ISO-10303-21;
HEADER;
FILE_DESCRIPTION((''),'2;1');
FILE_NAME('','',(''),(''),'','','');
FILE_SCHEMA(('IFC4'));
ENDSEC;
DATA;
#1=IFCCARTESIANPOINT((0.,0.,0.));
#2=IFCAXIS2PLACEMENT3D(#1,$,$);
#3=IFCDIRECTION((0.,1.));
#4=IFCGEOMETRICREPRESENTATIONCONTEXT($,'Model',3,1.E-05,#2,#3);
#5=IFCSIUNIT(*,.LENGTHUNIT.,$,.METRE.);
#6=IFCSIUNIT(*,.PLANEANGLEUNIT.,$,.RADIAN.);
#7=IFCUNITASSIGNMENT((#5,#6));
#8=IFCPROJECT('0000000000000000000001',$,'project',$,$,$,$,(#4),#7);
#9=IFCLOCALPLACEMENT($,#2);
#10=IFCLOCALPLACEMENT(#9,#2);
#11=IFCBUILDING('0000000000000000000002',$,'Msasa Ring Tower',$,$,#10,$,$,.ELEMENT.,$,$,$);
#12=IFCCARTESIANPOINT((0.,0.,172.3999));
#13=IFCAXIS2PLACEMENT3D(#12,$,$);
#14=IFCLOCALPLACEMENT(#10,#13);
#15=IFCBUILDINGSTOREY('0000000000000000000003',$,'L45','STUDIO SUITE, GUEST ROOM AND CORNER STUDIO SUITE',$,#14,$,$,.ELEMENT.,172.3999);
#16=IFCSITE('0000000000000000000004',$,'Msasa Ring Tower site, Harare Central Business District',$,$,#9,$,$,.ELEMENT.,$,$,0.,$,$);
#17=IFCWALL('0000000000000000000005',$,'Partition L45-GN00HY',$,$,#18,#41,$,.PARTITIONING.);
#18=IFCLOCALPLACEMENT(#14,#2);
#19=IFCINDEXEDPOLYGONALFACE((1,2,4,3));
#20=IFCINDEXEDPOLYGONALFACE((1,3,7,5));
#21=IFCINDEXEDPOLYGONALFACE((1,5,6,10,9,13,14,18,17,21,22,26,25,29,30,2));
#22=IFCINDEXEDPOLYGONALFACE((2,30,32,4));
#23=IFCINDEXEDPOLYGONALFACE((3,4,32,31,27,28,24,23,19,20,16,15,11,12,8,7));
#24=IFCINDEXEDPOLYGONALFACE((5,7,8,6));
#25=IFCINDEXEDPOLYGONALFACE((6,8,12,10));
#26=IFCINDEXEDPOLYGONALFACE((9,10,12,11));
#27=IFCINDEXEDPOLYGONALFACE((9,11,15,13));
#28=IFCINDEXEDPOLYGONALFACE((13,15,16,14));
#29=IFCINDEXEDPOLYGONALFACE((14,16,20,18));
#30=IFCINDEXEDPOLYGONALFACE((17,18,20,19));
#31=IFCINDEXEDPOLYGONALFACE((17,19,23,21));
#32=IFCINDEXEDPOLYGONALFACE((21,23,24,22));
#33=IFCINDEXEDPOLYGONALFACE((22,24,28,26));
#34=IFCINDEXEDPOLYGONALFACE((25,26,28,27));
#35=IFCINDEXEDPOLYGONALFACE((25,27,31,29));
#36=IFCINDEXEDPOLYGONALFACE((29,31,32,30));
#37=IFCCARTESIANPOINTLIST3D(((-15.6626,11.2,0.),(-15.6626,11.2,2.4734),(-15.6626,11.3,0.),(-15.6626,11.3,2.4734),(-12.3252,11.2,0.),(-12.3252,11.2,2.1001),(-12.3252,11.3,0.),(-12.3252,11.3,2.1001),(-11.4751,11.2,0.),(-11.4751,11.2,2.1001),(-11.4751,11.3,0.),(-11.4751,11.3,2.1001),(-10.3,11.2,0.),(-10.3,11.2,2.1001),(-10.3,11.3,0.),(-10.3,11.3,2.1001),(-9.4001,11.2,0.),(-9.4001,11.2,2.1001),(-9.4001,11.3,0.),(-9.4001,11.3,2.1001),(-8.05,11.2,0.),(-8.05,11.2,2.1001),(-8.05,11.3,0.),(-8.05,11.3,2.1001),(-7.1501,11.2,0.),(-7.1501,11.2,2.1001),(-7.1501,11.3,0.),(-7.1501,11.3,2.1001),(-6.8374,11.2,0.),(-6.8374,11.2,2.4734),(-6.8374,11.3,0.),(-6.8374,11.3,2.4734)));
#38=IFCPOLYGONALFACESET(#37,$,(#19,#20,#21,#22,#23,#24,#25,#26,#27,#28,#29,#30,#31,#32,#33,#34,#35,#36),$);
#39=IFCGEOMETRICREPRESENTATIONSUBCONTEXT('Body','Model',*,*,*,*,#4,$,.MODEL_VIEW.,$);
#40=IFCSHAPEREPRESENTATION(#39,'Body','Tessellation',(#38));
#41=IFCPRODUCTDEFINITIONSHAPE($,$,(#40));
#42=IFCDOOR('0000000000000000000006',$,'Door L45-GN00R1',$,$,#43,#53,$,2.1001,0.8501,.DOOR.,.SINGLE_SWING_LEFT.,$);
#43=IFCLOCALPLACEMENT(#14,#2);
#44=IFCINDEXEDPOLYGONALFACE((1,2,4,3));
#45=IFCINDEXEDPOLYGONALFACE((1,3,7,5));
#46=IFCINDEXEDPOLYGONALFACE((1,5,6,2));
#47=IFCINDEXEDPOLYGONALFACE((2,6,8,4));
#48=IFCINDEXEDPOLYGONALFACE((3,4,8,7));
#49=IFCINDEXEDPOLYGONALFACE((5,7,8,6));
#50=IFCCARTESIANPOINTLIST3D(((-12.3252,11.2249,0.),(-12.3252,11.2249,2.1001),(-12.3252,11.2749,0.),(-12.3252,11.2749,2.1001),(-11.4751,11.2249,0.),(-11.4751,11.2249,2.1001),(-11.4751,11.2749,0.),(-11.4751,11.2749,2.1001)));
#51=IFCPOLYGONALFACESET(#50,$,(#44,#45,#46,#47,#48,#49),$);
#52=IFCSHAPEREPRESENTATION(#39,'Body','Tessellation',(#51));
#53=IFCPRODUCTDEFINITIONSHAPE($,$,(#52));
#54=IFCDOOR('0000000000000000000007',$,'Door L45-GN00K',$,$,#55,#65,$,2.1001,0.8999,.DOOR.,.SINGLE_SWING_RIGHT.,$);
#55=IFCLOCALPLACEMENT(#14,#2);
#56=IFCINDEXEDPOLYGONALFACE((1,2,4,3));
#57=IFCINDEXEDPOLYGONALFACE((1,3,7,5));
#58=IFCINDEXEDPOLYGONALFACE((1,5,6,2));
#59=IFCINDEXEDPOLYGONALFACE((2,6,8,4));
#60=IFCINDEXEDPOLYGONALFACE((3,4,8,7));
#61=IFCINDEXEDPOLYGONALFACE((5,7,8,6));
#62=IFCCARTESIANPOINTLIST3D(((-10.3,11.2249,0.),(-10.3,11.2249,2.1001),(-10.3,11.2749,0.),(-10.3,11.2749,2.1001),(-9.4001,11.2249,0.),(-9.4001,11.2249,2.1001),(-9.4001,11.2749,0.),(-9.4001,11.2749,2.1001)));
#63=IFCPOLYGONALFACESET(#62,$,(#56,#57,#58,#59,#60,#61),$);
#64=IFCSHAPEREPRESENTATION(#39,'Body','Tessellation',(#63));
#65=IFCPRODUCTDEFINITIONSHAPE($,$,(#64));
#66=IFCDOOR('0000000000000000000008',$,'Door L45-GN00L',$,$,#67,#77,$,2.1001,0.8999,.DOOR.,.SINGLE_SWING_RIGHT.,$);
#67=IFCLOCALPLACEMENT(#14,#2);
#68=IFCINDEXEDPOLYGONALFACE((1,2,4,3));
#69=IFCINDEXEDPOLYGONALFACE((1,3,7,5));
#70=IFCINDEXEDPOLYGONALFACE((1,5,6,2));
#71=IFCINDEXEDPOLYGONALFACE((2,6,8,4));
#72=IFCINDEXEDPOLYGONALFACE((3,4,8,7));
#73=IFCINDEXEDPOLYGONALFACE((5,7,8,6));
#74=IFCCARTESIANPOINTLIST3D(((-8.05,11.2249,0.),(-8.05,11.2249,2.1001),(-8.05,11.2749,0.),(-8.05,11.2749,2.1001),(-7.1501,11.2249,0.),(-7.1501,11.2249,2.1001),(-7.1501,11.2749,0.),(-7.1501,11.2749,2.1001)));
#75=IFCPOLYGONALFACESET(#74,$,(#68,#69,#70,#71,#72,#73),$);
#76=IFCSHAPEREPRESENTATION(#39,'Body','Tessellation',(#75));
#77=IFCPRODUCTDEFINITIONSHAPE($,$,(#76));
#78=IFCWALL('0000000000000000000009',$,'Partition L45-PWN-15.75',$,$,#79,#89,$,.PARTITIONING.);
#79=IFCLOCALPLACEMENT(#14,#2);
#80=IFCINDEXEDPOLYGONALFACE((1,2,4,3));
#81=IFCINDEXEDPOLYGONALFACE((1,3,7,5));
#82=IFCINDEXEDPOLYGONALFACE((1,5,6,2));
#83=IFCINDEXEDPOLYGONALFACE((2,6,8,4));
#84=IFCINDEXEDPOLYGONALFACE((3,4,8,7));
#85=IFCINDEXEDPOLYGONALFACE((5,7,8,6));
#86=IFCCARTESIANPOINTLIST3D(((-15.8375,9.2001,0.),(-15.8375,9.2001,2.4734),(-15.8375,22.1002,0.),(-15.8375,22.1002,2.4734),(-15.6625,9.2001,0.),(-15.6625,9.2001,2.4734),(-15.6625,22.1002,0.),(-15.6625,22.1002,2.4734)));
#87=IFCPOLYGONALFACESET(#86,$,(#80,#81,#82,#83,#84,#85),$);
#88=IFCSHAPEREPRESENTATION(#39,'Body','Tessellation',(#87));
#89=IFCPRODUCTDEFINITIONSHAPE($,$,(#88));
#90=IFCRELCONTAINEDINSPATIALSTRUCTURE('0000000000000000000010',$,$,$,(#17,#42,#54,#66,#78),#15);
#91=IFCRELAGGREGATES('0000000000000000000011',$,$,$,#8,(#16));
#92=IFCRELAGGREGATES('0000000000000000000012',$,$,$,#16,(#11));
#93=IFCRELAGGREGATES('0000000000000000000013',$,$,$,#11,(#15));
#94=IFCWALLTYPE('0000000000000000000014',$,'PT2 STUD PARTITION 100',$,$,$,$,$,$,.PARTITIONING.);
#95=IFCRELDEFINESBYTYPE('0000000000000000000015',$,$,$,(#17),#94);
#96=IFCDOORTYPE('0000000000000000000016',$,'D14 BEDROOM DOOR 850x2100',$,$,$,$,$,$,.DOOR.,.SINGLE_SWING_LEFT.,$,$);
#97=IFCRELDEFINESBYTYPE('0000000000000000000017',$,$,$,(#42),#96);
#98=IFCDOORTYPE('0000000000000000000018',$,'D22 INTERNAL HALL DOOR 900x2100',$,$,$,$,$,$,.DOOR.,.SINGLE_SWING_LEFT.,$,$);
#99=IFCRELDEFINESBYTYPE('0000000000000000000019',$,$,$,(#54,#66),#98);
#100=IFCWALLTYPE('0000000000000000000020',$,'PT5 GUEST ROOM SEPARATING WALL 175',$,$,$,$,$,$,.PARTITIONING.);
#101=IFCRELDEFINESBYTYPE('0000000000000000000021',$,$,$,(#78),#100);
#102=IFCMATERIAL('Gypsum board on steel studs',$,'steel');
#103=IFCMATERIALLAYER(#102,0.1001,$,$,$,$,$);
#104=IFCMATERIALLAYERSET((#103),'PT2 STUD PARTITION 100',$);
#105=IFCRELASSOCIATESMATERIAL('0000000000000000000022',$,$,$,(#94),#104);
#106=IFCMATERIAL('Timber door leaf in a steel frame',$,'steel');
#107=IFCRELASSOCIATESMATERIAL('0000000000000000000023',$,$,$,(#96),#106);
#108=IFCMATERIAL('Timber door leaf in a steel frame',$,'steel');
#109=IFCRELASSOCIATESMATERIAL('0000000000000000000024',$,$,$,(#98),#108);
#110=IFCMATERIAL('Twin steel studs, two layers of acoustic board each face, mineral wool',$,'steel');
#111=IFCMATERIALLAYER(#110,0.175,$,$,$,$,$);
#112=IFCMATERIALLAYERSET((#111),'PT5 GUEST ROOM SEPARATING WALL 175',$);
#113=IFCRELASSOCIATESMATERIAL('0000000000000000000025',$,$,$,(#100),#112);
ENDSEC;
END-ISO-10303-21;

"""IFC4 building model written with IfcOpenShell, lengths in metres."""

from ifc_helpers import new_model, si_unit, direction, frame, frame_2d, origin, place, context, subcontext, project, spatial, rectangle, extrude, material, layer, layer_set, type_object, element, fill, save


model = new_model("IFC4")

# Units and contexts
model_context = context("Model", 3, precision=1e-05, world=origin(), true_north=direction((0.0, 1.0)))
body_context = subcontext(model_context, "Body", "Model", "MODEL_VIEW")
ifc_project = project(units=[si_unit("LENGTHUNIT", "METRE"), si_unit("PLANEANGLEUNIT", "RADIAN")], contexts=[model_context])

# Site, building, storey
site_placement = place(None, origin())
site = spatial("IfcSite", under=ifc_project, at=site_placement, Name="Msasa Ring Tower site, Harare Central Business District", CompositionType="ELEMENT", RefElevation=0.0)
building_placement = place(site_placement, origin())
building = spatial("IfcBuilding", under=site, at=building_placement, Name="Msasa Ring Tower", CompositionType="ELEMENT")
storey_placement = place(building_placement, frame((0.0, 0.0, 172.3999)))
storey = spatial("IfcBuildingStorey", under=building, at=storey_placement, Name="L45", Description="STUDIO SUITE, GUEST ROOM AND CORNER STUDIO SUITE", CompositionType="ELEMENT", Elevation=172.3999)

# Wall, openings, doors
ifc_material_1 = material(Name="Gypsum board on steel studs", Category="steel")
ifc_layer_1 = layer(ifc_material_1, 0.1001)
ifc_layer_set_1 = layer_set([ifc_layer_1], Name="PT2 STUD PARTITION 100")
wall_type_1 = type_object("IfcWallType", Name="PT2 STUD PARTITION 100", PredefinedType="PARTITIONING", material=ifc_layer_set_1)
wall_1_placement = place(storey_placement, frame((-15.6626, 11.25, 0.0), z_axis=(0.0, 0.0, 1.0), x_axis=(1.0, 0.0, 0.0)))
wall_1 = element("IfcWall", 1, at=wall_1_placement, inside=storey, type_object=wall_type_1, Name="Partition L45-GN00HY", PredefinedType="PARTITIONING", context=body_context, shape_type="SweptSolid", body=[
    extrude(rectangle(XDim=8.8252, YDim=0.1001, at=frame_2d((4.4126, 0.0))), origin(), (0.0, 0.0, 1.0), 2.4734),
])
opening_1_placement = place(wall_1_placement, frame((5.3625, 0.0, 0.0)))
opening_1 = element("IfcOpeningElement", 2, at=opening_1_placement, cuts=wall_1, PredefinedType="OPENING", context=body_context, shape_type="SweptSolid", body=[
    extrude(rectangle(XDim=0.8999, YDim=2.1001, at=frame_2d((0.45, 1.05))), frame((0.0, 0.0601, 0.0), z_axis=(0.0, -1.0, 0.0), x_axis=(1.0, 0.0, 0.0)), (0.0, 0.0, 1.0), 0.1201),
])
opening_2_placement = place(wall_1_placement, frame((7.6125, 0.0, 0.0)))
opening_2 = element("IfcOpeningElement", 3, at=opening_2_placement, cuts=wall_1, PredefinedType="OPENING", context=body_context, shape_type="SweptSolid", body=[
    extrude(rectangle(XDim=0.8999, YDim=2.1001, at=frame_2d((0.45, 1.05))), frame((0.0, 0.0601, 0.0), z_axis=(0.0, -1.0, 0.0), x_axis=(1.0, 0.0, 0.0)), (0.0, 0.0, 1.0), 0.1201),
])
opening_3_placement = place(wall_1_placement, frame((3.3374, 0.0, 0.0)))
opening_3 = element("IfcOpeningElement", 4, at=opening_3_placement, cuts=wall_1, PredefinedType="OPENING", context=body_context, shape_type="SweptSolid", body=[
    extrude(rectangle(XDim=0.8501, YDim=2.1001, at=frame_2d((0.425, 1.05))), frame((0.0, 0.0601, 0.0), z_axis=(0.0, -1.0, 0.0), x_axis=(1.0, 0.0, 0.0)), (0.0, 0.0, 1.0), 0.1201),
])
ifc_material_2 = material(Name="Timber door leaf in a steel frame", Category="steel")
door_type_1 = type_object("IfcDoorType", Name="D14 BEDROOM DOOR 850x2100", OperationType="SINGLE_SWING_LEFT", PredefinedType="DOOR", material=ifc_material_2)
door_1_placement = place(opening_3_placement, origin())
door_1 = element("IfcDoor", 5, at=door_1_placement, inside=storey, type_object=door_type_1, Name="Door L45-GN00R1", OperationType="SINGLE_SWING_LEFT", OverallHeight=2.1001, OverallWidth=0.8501, PredefinedType="DOOR", context=body_context, shape_type="SweptSolid", body=[
    extrude(rectangle(XDim=0.8501, YDim=2.1001, at=frame_2d((0.425, 1.05))), frame((0.0, 0.0249, 0.0), z_axis=(0.0, -1.0, 0.0), x_axis=(1.0, 0.0, 0.0)), (0.0, 0.0, 1.0), 0.05),
])
fill(opening_3, door_1)
ifc_material_3 = material(Name="Timber door leaf in a steel frame", Category="steel")
door_type_2 = type_object("IfcDoorType", Name="D22 INTERNAL HALL DOOR 900x2100", OperationType="SINGLE_SWING_LEFT", PredefinedType="DOOR", material=ifc_material_3)
door_2_placement = place(opening_1_placement, origin())
door_2 = element("IfcDoor", 6, at=door_2_placement, inside=storey, type_object=door_type_2, Name="Door L45-GN00K", OperationType="SINGLE_SWING_RIGHT", OverallHeight=2.1001, OverallWidth=0.8999, PredefinedType="DOOR", context=body_context, shape_type="SweptSolid", body=[
    extrude(rectangle(XDim=0.8999, YDim=2.1001, at=frame_2d((0.45, 1.05))), frame((0.0, 0.0249, 0.0), z_axis=(0.0, -1.0, 0.0), x_axis=(1.0, 0.0, 0.0)), (0.0, 0.0, 1.0), 0.05),
])
fill(opening_1, door_2)
door_3_placement = place(opening_2_placement, origin())
door_3 = element("IfcDoor", 7, at=door_3_placement, inside=storey, type_object=door_type_2, Name="Door L45-GN00L", OperationType="SINGLE_SWING_RIGHT", OverallHeight=2.1001, OverallWidth=0.8999, PredefinedType="DOOR", context=body_context, shape_type="SweptSolid", body=[
    extrude(rectangle(XDim=0.8999, YDim=2.1001, at=frame_2d((0.45, 1.05))), frame((0.0, 0.0249, 0.0), z_axis=(0.0, -1.0, 0.0), x_axis=(1.0, 0.0, 0.0)), (0.0, 0.0, 1.0), 0.05),
])
fill(opening_2, door_3)

# Wall
ifc_material_4 = material(Name="Twin steel studs, two layers of acoustic board each face, mineral wool", Category="steel")
ifc_layer_2 = layer(ifc_material_4, 0.175)
ifc_layer_set_2 = layer_set([ifc_layer_2], Name="PT5 GUEST ROOM SEPARATING WALL 175")
wall_type_2 = type_object("IfcWallType", Name="PT5 GUEST ROOM SEPARATING WALL 175", PredefinedType="PARTITIONING", material=ifc_layer_set_2)
wall_2_placement = place(storey_placement, frame((-15.75, 9.2, 0.0), z_axis=(0.0, 0.0, 1.0), x_axis=(0.0, 1.0, 0.0)))
element("IfcWall", 8, at=wall_2_placement, inside=storey, type_object=wall_type_2, Name="Partition L45-PWN-15.75", PredefinedType="PARTITIONING", context=body_context, shape_type="SweptSolid", body=[
    extrude(rectangle(XDim=12.9001, YDim=0.175, at=frame_2d((6.4502, 0.0))), origin(), (0.0, 0.0, 1.0), 2.4734),
])

save(model, "model.ifc")
